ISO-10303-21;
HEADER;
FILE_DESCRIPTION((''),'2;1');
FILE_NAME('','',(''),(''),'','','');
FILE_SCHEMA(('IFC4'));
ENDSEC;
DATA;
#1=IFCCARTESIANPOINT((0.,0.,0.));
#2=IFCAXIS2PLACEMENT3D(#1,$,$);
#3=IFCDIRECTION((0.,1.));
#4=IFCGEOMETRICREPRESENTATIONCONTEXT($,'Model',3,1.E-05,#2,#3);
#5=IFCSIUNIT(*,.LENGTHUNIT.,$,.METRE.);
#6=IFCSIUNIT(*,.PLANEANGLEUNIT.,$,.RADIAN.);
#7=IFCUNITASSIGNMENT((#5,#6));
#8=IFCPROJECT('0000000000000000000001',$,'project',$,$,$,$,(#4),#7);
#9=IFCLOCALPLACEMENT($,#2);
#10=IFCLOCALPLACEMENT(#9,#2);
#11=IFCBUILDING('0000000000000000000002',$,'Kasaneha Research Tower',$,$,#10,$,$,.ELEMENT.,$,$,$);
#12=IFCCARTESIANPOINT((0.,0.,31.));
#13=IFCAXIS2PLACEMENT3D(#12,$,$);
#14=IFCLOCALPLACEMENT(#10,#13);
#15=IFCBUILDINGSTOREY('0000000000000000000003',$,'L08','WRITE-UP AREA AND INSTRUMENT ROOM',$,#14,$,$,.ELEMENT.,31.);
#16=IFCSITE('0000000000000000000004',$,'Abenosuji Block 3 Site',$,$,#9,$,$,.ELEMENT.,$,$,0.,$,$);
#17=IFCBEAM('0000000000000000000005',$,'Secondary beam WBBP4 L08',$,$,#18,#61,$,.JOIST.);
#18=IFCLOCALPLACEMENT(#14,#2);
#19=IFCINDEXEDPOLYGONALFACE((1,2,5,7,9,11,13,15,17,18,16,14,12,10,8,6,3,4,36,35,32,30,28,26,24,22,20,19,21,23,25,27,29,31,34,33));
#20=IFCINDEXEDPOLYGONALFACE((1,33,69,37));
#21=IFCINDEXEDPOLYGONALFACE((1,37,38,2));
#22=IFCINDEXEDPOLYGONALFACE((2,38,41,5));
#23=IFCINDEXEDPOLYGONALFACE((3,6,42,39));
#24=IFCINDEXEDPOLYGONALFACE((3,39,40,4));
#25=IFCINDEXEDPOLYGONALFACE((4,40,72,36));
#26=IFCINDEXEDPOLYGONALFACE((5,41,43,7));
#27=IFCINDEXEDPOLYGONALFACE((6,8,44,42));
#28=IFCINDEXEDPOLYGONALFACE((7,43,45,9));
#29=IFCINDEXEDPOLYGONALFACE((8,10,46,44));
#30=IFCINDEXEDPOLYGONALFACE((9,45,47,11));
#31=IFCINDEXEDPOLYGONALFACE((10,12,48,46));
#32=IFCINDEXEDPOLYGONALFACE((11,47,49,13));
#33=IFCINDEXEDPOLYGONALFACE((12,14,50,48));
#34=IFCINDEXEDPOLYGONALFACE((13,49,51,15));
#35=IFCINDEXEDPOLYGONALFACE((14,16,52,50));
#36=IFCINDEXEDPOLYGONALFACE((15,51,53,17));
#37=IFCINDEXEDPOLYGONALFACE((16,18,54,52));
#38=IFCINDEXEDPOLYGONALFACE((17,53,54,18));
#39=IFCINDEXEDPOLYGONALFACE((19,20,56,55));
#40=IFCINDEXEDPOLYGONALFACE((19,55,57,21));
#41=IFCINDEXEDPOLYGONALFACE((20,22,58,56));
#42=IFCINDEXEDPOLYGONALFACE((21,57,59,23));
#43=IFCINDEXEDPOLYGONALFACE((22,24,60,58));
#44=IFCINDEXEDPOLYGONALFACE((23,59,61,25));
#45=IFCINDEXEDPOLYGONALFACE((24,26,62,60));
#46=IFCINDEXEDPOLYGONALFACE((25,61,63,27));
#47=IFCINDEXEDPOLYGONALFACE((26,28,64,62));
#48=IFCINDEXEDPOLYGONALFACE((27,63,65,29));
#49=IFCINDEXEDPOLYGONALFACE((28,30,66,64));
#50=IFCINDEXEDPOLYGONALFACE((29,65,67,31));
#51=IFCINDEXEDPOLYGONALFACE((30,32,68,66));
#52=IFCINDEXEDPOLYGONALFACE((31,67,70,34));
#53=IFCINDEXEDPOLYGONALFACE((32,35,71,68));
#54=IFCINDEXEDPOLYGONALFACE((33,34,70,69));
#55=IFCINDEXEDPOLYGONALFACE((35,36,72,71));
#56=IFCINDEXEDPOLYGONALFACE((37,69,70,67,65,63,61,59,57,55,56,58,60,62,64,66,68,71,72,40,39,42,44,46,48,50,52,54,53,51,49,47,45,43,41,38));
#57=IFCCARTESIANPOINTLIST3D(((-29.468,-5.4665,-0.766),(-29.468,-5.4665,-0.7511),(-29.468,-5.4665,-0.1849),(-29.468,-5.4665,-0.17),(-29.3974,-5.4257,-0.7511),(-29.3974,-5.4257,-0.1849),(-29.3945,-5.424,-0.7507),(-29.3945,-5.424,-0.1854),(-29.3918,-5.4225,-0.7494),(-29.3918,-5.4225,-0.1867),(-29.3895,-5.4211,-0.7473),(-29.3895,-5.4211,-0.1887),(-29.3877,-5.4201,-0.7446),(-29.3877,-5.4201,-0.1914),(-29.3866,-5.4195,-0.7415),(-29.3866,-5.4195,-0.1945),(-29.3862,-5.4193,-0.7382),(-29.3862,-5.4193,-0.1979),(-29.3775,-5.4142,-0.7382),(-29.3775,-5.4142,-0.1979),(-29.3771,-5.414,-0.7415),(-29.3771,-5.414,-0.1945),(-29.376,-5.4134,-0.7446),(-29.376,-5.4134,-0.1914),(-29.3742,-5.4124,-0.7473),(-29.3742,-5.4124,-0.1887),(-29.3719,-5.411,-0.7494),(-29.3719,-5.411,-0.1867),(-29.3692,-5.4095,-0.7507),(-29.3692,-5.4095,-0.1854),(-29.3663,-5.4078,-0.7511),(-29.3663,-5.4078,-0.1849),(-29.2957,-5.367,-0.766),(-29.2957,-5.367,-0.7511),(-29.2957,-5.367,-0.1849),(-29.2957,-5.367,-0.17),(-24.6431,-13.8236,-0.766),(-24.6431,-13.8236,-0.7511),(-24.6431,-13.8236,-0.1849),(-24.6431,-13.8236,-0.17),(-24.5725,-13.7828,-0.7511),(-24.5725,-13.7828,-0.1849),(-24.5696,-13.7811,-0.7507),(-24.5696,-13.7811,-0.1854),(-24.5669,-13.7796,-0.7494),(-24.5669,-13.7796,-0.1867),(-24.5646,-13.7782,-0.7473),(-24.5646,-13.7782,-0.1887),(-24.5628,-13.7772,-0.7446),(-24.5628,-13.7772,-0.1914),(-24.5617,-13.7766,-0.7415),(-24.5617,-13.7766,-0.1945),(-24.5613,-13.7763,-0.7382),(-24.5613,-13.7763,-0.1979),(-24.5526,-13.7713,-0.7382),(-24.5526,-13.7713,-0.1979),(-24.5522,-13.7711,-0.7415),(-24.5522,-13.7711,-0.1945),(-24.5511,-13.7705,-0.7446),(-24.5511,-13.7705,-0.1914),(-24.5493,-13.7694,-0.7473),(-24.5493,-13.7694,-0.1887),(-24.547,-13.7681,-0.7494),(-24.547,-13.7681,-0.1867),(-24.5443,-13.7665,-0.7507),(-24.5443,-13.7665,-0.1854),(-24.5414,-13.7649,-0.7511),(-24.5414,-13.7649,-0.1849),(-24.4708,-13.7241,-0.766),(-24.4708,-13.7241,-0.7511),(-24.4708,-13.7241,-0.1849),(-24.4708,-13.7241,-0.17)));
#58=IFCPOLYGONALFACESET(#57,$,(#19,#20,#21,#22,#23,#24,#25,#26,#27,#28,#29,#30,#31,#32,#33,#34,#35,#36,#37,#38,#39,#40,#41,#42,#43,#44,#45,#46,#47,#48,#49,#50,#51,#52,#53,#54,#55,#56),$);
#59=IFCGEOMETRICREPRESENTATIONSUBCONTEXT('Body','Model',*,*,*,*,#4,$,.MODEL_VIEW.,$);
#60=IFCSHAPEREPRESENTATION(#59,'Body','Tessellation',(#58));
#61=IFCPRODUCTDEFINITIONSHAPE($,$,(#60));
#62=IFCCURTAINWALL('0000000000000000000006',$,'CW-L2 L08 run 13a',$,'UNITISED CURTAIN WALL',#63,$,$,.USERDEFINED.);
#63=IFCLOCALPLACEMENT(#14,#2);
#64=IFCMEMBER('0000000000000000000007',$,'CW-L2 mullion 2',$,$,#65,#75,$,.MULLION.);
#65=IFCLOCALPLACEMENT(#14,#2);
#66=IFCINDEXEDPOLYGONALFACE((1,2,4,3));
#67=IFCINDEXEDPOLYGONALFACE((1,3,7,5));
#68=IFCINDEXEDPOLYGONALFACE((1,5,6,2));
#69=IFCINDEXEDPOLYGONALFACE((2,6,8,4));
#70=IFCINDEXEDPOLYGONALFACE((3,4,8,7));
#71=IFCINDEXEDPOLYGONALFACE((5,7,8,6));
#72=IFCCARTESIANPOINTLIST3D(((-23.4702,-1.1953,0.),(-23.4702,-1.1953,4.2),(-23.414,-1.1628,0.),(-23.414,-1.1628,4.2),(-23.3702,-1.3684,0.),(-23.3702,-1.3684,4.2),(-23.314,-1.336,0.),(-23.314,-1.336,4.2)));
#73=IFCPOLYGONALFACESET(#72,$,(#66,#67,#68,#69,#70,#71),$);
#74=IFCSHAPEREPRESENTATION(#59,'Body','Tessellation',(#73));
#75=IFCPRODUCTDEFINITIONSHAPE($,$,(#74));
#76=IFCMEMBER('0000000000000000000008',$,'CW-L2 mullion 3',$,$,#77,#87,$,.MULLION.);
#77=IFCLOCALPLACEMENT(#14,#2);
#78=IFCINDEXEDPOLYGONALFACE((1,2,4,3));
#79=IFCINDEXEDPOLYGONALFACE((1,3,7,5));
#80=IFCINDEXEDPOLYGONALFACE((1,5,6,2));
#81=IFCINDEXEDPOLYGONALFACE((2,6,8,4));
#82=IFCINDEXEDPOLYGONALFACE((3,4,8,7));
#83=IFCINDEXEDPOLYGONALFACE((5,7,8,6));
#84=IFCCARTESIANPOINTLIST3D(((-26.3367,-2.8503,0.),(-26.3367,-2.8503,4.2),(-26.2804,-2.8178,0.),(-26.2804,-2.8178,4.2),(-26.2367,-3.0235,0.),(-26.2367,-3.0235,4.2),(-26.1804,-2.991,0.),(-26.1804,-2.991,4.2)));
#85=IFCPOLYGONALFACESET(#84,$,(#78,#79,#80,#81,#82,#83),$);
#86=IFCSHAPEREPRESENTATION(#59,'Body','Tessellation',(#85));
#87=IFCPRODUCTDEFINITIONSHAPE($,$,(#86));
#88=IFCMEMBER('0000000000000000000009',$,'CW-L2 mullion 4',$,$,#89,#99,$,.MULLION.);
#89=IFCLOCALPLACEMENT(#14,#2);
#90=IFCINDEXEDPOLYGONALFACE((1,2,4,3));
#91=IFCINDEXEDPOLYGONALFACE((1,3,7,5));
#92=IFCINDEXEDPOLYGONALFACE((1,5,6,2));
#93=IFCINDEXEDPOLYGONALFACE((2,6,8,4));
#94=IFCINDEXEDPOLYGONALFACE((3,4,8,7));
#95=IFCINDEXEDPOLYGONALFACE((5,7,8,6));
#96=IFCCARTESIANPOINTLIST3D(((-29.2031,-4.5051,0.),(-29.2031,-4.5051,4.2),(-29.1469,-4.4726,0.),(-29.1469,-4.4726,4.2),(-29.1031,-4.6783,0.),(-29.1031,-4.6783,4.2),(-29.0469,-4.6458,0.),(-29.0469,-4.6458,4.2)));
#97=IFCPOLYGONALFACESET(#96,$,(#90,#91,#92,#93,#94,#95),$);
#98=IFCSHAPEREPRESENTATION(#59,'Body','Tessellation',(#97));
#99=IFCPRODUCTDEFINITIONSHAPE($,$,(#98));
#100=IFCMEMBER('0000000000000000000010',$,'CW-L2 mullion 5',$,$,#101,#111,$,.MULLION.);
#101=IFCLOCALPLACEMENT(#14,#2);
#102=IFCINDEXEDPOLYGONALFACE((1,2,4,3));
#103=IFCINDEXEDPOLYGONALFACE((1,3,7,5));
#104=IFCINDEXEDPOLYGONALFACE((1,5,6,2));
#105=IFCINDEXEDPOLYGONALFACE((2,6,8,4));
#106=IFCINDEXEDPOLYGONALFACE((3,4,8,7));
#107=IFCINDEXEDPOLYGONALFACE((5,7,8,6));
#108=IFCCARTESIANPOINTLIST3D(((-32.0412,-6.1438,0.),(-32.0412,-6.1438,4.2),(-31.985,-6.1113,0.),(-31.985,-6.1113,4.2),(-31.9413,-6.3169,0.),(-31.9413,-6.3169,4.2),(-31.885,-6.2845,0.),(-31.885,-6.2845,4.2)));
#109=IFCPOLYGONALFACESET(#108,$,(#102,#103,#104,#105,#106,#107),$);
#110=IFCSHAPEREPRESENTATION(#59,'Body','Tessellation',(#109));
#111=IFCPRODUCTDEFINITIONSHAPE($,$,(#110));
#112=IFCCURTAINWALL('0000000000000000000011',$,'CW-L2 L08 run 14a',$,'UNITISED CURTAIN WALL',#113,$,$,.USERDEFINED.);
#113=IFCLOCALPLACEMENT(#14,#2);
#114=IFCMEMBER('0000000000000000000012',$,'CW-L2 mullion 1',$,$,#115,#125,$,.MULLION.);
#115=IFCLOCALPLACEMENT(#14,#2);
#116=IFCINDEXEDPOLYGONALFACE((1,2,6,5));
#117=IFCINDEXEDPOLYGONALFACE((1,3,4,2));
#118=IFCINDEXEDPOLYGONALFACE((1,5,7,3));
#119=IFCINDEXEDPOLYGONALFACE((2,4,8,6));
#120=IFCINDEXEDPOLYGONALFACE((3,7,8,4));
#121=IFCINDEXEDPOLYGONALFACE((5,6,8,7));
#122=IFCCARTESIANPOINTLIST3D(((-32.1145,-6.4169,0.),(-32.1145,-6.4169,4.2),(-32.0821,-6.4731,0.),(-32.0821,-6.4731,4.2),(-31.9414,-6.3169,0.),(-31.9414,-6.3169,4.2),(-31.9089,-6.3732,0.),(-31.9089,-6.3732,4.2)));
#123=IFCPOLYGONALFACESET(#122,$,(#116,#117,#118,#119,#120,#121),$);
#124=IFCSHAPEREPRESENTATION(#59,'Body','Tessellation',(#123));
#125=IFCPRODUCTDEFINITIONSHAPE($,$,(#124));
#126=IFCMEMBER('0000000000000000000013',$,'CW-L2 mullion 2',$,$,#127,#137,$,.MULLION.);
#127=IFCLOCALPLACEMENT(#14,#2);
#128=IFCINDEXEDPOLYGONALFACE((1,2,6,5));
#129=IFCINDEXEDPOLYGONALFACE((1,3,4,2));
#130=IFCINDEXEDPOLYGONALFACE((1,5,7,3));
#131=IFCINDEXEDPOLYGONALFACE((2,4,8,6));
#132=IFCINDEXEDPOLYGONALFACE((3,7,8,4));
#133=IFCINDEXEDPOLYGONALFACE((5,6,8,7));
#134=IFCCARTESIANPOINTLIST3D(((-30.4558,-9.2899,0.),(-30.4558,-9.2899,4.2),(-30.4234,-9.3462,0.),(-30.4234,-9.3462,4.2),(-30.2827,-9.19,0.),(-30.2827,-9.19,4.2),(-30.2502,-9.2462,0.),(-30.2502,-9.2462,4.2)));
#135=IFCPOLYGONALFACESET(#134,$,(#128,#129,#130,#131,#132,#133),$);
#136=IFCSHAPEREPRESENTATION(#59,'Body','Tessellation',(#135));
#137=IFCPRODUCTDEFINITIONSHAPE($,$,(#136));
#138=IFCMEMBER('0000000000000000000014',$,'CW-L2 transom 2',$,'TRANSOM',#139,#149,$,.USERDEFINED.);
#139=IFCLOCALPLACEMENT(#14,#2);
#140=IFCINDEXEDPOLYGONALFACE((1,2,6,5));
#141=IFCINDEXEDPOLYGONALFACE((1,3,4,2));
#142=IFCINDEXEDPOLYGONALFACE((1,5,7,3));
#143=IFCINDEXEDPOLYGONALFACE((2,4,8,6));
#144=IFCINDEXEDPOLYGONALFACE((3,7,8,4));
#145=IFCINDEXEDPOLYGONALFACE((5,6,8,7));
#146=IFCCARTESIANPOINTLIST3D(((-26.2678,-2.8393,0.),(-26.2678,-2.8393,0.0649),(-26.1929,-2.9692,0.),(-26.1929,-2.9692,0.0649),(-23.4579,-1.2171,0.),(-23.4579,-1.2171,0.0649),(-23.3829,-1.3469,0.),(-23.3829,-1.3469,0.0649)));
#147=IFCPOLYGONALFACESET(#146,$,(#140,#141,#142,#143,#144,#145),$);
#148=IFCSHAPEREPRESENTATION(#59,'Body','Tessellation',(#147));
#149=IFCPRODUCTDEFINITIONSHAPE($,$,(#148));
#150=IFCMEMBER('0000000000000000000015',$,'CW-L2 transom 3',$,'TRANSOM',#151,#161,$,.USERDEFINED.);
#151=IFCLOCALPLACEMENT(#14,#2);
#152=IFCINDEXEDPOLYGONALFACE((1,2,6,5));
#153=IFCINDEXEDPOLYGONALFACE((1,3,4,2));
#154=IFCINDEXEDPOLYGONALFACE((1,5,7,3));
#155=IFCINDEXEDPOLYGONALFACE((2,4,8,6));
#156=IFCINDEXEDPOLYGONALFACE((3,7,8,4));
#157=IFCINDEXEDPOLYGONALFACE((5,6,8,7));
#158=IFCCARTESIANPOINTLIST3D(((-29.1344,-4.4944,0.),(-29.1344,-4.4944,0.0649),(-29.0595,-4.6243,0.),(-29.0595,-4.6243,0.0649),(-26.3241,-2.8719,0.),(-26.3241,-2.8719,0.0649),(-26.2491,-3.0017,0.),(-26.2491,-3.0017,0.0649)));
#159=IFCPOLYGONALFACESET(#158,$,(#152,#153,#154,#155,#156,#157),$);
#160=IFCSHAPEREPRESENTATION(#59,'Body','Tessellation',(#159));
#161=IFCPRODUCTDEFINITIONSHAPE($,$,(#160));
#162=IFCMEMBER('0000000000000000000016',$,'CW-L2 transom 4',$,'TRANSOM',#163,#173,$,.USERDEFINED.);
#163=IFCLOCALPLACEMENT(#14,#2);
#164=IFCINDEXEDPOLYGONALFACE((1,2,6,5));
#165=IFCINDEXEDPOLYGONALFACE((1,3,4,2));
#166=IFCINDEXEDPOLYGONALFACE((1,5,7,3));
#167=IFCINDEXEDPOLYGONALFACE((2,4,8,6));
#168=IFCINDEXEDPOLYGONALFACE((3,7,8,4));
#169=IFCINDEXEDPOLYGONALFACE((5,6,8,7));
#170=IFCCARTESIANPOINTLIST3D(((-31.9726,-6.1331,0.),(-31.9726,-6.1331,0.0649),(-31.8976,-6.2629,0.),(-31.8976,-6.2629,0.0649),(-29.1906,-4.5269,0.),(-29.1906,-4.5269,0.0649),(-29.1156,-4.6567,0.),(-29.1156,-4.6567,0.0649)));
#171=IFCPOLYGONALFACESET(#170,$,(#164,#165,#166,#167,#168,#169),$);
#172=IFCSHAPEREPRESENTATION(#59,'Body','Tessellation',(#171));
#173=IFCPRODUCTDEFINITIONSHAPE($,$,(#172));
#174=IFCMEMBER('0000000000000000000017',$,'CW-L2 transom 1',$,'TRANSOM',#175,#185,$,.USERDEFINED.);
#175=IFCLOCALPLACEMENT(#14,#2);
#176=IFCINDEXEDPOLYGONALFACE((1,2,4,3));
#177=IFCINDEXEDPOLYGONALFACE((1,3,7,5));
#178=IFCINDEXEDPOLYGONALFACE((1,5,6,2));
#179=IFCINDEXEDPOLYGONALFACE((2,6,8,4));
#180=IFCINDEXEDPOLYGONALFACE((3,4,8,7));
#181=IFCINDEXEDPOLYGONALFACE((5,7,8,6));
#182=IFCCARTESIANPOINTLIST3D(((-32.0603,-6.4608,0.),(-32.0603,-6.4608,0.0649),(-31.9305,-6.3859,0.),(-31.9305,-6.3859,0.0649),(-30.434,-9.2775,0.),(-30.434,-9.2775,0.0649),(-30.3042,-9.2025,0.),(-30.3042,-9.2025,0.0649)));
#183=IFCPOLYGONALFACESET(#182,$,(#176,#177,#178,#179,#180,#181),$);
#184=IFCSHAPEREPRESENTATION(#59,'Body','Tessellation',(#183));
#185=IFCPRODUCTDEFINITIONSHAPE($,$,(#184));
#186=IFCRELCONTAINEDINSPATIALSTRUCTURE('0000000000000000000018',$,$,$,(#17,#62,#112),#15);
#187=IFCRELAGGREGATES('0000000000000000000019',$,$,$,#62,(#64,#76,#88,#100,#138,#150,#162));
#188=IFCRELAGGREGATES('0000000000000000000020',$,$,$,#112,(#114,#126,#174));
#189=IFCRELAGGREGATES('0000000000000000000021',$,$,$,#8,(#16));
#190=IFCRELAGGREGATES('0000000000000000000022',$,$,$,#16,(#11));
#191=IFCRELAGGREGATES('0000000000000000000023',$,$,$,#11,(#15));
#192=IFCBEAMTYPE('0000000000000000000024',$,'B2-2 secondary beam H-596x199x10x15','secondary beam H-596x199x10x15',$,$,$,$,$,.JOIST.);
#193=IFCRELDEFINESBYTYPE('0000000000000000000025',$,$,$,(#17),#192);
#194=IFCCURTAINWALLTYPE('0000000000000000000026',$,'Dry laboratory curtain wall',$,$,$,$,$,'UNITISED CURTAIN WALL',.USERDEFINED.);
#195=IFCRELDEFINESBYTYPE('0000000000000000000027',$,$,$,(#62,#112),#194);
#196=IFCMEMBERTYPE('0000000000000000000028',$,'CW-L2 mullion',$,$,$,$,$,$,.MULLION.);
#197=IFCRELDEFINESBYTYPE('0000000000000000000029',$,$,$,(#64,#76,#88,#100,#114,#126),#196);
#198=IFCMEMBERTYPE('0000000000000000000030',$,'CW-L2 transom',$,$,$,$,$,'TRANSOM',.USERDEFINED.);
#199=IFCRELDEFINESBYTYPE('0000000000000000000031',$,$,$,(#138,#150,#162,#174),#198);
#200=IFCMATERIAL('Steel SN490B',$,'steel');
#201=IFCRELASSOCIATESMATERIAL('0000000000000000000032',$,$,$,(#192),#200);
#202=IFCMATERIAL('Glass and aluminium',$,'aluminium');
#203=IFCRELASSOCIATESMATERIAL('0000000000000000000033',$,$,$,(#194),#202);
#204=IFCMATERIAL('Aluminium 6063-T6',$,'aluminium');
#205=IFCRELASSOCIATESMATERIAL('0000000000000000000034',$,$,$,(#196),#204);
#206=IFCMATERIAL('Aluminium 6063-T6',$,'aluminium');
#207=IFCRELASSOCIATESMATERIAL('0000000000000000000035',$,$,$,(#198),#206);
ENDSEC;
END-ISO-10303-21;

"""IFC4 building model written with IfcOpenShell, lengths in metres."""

from ifc_helpers import new_model, si_unit, direction, frame, origin, origin_2d, place, context, subcontext, project, spatial, rectangle, i_section, extrude, material, material_profile, profile_set, type_object, element, aggregate, save


model = new_model("IFC4")

# Units and contexts
model_context = context("Model", 3, precision=1e-05, world=origin(), true_north=direction((0.0, 1.0)))
body_context = subcontext(model_context, "Body", "Model", "MODEL_VIEW")
ifc_project = project(units=[si_unit("LENGTHUNIT", "METRE"), si_unit("PLANEANGLEUNIT", "RADIAN")], contexts=[model_context])

# Site, building, storey
site_placement = place(None, origin())
site = spatial("IfcSite", under=ifc_project, at=site_placement, Name="Abenosuji Block 3 Site", CompositionType="ELEMENT", RefElevation=0.0)
building_placement = place(site_placement, origin())
building = spatial("IfcBuilding", under=site, at=building_placement, Name="Kasaneha Research Tower", CompositionType="ELEMENT")
storey_placement = place(building_placement, frame((0.0, 0.0, 31.0)))
storey = spatial("IfcBuildingStorey", under=building, at=storey_placement, Name="L08", Description="WRITE-UP AREA AND INSTRUMENT ROOM", CompositionType="ELEMENT", Elevation=31.0)

# Beam
ifc_material_1 = material(Name="Steel SN490B", Category="steel")
ifc_material_profile_1 = material_profile(ifc_material_1, i_section(OverallWidth=0.199, OverallDepth=0.5959, WebThickness=0.01, FlangeThickness=0.0149, FilletRadius=0.0129, at=origin_2d()), Name="H-596x199x10x15")
ifc_profile_set_1 = profile_set([ifc_material_profile_1], Name="Steel SN490B")
beam_type_1 = type_object("IfcBeamType", Name="B2-2 secondary beam H-596x199x10x15", Description="secondary beam H-596x199x10x15", PredefinedType="JOIST", material=ifc_profile_set_1)
for number, where, z_axis, x_axis, name in (
    (1, (-29.3818, -5.4167, -0.468), (0.499995, -0.866028, 0.0), (0.866028, 0.499995, 0.0), "Secondary beam WBBP4 L08"),
):
    element("IfcBeam", number, at=place(storey_placement, frame(where, z_axis=z_axis, x_axis=x_axis)), inside=storey, type_object=beam_type_1, Name=name, PredefinedType="JOIST", context=body_context, shape_type="SweptSolid", body=[
        extrude(i_section(OverallWidth=0.199, OverallDepth=0.5959, WebThickness=0.01, FlangeThickness=0.0149, FilletRadius=0.0129, at=origin_2d()), origin(), (0.0, 0.0, 1.0), 9.6499),
    ])

# Curtain walls, members
ifc_material_2 = material(Name="Glass and aluminium", Category="aluminium")
curtain_wall_type = type_object("IfcCurtainWallType", Name="Dry laboratory curtain wall", ElementType="UNITISED CURTAIN WALL", PredefinedType="USERDEFINED", material=ifc_material_2)
curtain_wall_1_placement = place(storey_placement, origin())
curtain_wall_1 = element("IfcCurtainWall", 2, at=curtain_wall_1_placement, inside=storey, type_object=curtain_wall_type, Name="CW-L2 L08 run 13a", ObjectType="UNITISED CURTAIN WALL", PredefinedType="USERDEFINED")
ifc_material_3 = material(Name="Aluminium 6063-T6", Category="aluminium")
ifc_material_profile_2 = material_profile(ifc_material_3, rectangle(XDim=0.0649, YDim=0.2, at=origin_2d()), Name="CW-L2 mullion 65x200")
ifc_profile_set_2 = profile_set([ifc_material_profile_2], Name="Aluminium 6063-T6")
member_type_1 = type_object("IfcMemberType", Name="CW-L2 mullion", PredefinedType="MULLION", material=ifc_profile_set_2)
member_1_placement = place(storey_placement, frame((-23.3921, -1.2656, 0.0), z_axis=(0.0, 0.0, 1.0), x_axis=(-0.866025, -0.5, 0.0)))
member_1 = element("IfcMember", 3, at=member_1_placement, type_object=member_type_1, Name="CW-L2 mullion 2", PredefinedType="MULLION", context=body_context, shape_type="SweptSolid", body=[
    extrude(rectangle(XDim=0.0649, YDim=0.2, at=origin_2d()), origin(), (0.0, 0.0, 1.0), 4.2),
])
member_2_placement = place(storey_placement, frame((-26.2585, -2.9207, 0.0), z_axis=(0.0, 0.0, 1.0), x_axis=(-0.866025, -0.5, 0.0)))
member_2 = element("IfcMember", 4, at=member_2_placement, type_object=member_type_1, Name="CW-L2 mullion 3", PredefinedType="MULLION", context=body_context, shape_type="SweptSolid", body=[
    extrude(rectangle(XDim=0.0649, YDim=0.2, at=origin_2d()), origin(), (0.0, 0.0, 1.0), 4.2),
])
member_3_placement = place(storey_placement, frame((-29.125, -4.5754, 0.0), z_axis=(0.0, 0.0, 1.0), x_axis=(-0.866025, -0.5, 0.0)))
member_3 = element("IfcMember", 5, at=member_3_placement, type_object=member_type_1, Name="CW-L2 mullion 4", PredefinedType="MULLION", context=body_context, shape_type="SweptSolid", body=[
    extrude(rectangle(XDim=0.0649, YDim=0.2, at=origin_2d()), origin(), (0.0, 0.0, 1.0), 4.2),
])
member_4_placement = place(storey_placement, frame((-31.9631, -6.2141, 0.0), z_axis=(0.0, 0.0, 1.0), x_axis=(-0.866025, -0.5, 0.0)))
member_4 = element("IfcMember", 6, at=member_4_placement, type_object=member_type_1, Name="CW-L2 mullion 5", PredefinedType="MULLION", context=body_context, shape_type="SweptSolid", body=[
    extrude(rectangle(XDim=0.0649, YDim=0.2, at=origin_2d()), origin(), (0.0, 0.0, 1.0), 4.2),
])
curtain_wall_2_placement = place(storey_placement, origin())
curtain_wall_2 = element("IfcCurtainWall", 7, at=curtain_wall_2_placement, inside=storey, type_object=curtain_wall_type, Name="CW-L2 L08 run 14a", ObjectType="UNITISED CURTAIN WALL", PredefinedType="USERDEFINED")
member_5_placement = place(storey_placement, frame((-32.0117, -6.395, 0.0), z_axis=(0.0, 0.0, 1.0), x_axis=(0.5, -0.866025, 0.0)))
member_5 = element("IfcMember", 8, at=member_5_placement, type_object=member_type_1, Name="CW-L2 mullion 1", PredefinedType="MULLION", context=body_context, shape_type="SweptSolid", body=[
    extrude(rectangle(XDim=0.0649, YDim=0.2, at=origin_2d()), origin(), (0.0, 0.0, 1.0), 4.2),
])
member_6_placement = place(storey_placement, frame((-30.353, -9.2681, 0.0), z_axis=(0.0, 0.0, 1.0), x_axis=(0.5, -0.866025, 0.0)))
member_6 = element("IfcMember", 9, at=member_6_placement, type_object=member_type_1, Name="CW-L2 mullion 2", PredefinedType="MULLION", context=body_context, shape_type="SweptSolid", body=[
    extrude(rectangle(XDim=0.0649, YDim=0.2, at=origin_2d()), origin(), (0.0, 0.0, 1.0), 4.2),
])

# Members
ifc_material_4 = material(Name="Aluminium 6063-T6", Category="aluminium")
ifc_material_profile_3 = material_profile(ifc_material_4, rectangle(XDim=0.1499, YDim=0.0649, at=origin_2d()), Name="CW-L2 transom 150x65")
ifc_profile_set_3 = profile_set([ifc_material_profile_3], Name="Aluminium 6063-T6")
member_type_2 = type_object("IfcMemberType", Name="CW-L2 transom", ElementType="TRANSOM", PredefinedType="USERDEFINED", material=ifc_profile_set_3)
member_7_placement = place(storey_placement, frame((-23.4204, -1.282, 0.0325), z_axis=(-0.866035, -0.499983, 0.0), x_axis=(0.499983, -0.866035, 0.0)))
member_7 = element("IfcMember", 10, at=member_7_placement, type_object=member_type_2, Name="CW-L2 transom 2", ObjectType="TRANSOM", PredefinedType="USERDEFINED", context=body_context, shape_type="SweptSolid", body=[
    extrude(rectangle(XDim=0.1499, YDim=0.0649, at=origin_2d()), origin(), (0.0, 0.0, 1.0), 3.2446),
])
member_8_placement = place(storey_placement, frame((-26.2866, -2.9368, 0.0325), z_axis=(-0.866021, -0.500007, 0.0), x_axis=(0.500007, -0.866021, 0.0)))
member_8 = element("IfcMember", 11, at=member_8_placement, type_object=member_type_2, Name="CW-L2 transom 3", ObjectType="TRANSOM", PredefinedType="USERDEFINED", context=body_context, shape_type="SweptSolid", body=[
    extrude(rectangle(XDim=0.1499, YDim=0.0649, at=origin_2d()), origin(), (0.0, 0.0, 1.0), 3.2451),
])
member_9_placement = place(storey_placement, frame((-29.1531, -4.5918, 0.0325), z_axis=(-0.866022, -0.500005, 0.0), x_axis=(0.500005, -0.866022, 0.0)))
member_9 = element("IfcMember", 12, at=member_9_placement, type_object=member_type_2, Name="CW-L2 transom 4", ObjectType="TRANSOM", PredefinedType="USERDEFINED", context=body_context, shape_type="SweptSolid", body=[
    extrude(rectangle(XDim=0.1499, YDim=0.0649, at=origin_2d()), origin(), (0.0, 0.0, 1.0), 3.2124),
])
member_10_placement = place(storey_placement, frame((-31.9954, -6.4233, 0.0325), z_axis=(0.500006, -0.866022, 0.0), x_axis=(0.866022, 0.500006, 0.0)))
member_10 = element("IfcMember", 13, at=member_10_placement, type_object=member_type_2, Name="CW-L2 transom 1", ObjectType="TRANSOM", PredefinedType="USERDEFINED", context=body_context, shape_type="SweptSolid", body=[
    extrude(rectangle(XDim=0.1499, YDim=0.0649, at=origin_2d()), origin(), (0.0, 0.0, 1.0), 3.2524),
])

aggregate(curtain_wall_1, [member_1, member_2, member_3, member_4, member_7, member_8, member_9])
aggregate(curtain_wall_2, [member_5, member_6, member_10])

save(model, "model.ifc")
